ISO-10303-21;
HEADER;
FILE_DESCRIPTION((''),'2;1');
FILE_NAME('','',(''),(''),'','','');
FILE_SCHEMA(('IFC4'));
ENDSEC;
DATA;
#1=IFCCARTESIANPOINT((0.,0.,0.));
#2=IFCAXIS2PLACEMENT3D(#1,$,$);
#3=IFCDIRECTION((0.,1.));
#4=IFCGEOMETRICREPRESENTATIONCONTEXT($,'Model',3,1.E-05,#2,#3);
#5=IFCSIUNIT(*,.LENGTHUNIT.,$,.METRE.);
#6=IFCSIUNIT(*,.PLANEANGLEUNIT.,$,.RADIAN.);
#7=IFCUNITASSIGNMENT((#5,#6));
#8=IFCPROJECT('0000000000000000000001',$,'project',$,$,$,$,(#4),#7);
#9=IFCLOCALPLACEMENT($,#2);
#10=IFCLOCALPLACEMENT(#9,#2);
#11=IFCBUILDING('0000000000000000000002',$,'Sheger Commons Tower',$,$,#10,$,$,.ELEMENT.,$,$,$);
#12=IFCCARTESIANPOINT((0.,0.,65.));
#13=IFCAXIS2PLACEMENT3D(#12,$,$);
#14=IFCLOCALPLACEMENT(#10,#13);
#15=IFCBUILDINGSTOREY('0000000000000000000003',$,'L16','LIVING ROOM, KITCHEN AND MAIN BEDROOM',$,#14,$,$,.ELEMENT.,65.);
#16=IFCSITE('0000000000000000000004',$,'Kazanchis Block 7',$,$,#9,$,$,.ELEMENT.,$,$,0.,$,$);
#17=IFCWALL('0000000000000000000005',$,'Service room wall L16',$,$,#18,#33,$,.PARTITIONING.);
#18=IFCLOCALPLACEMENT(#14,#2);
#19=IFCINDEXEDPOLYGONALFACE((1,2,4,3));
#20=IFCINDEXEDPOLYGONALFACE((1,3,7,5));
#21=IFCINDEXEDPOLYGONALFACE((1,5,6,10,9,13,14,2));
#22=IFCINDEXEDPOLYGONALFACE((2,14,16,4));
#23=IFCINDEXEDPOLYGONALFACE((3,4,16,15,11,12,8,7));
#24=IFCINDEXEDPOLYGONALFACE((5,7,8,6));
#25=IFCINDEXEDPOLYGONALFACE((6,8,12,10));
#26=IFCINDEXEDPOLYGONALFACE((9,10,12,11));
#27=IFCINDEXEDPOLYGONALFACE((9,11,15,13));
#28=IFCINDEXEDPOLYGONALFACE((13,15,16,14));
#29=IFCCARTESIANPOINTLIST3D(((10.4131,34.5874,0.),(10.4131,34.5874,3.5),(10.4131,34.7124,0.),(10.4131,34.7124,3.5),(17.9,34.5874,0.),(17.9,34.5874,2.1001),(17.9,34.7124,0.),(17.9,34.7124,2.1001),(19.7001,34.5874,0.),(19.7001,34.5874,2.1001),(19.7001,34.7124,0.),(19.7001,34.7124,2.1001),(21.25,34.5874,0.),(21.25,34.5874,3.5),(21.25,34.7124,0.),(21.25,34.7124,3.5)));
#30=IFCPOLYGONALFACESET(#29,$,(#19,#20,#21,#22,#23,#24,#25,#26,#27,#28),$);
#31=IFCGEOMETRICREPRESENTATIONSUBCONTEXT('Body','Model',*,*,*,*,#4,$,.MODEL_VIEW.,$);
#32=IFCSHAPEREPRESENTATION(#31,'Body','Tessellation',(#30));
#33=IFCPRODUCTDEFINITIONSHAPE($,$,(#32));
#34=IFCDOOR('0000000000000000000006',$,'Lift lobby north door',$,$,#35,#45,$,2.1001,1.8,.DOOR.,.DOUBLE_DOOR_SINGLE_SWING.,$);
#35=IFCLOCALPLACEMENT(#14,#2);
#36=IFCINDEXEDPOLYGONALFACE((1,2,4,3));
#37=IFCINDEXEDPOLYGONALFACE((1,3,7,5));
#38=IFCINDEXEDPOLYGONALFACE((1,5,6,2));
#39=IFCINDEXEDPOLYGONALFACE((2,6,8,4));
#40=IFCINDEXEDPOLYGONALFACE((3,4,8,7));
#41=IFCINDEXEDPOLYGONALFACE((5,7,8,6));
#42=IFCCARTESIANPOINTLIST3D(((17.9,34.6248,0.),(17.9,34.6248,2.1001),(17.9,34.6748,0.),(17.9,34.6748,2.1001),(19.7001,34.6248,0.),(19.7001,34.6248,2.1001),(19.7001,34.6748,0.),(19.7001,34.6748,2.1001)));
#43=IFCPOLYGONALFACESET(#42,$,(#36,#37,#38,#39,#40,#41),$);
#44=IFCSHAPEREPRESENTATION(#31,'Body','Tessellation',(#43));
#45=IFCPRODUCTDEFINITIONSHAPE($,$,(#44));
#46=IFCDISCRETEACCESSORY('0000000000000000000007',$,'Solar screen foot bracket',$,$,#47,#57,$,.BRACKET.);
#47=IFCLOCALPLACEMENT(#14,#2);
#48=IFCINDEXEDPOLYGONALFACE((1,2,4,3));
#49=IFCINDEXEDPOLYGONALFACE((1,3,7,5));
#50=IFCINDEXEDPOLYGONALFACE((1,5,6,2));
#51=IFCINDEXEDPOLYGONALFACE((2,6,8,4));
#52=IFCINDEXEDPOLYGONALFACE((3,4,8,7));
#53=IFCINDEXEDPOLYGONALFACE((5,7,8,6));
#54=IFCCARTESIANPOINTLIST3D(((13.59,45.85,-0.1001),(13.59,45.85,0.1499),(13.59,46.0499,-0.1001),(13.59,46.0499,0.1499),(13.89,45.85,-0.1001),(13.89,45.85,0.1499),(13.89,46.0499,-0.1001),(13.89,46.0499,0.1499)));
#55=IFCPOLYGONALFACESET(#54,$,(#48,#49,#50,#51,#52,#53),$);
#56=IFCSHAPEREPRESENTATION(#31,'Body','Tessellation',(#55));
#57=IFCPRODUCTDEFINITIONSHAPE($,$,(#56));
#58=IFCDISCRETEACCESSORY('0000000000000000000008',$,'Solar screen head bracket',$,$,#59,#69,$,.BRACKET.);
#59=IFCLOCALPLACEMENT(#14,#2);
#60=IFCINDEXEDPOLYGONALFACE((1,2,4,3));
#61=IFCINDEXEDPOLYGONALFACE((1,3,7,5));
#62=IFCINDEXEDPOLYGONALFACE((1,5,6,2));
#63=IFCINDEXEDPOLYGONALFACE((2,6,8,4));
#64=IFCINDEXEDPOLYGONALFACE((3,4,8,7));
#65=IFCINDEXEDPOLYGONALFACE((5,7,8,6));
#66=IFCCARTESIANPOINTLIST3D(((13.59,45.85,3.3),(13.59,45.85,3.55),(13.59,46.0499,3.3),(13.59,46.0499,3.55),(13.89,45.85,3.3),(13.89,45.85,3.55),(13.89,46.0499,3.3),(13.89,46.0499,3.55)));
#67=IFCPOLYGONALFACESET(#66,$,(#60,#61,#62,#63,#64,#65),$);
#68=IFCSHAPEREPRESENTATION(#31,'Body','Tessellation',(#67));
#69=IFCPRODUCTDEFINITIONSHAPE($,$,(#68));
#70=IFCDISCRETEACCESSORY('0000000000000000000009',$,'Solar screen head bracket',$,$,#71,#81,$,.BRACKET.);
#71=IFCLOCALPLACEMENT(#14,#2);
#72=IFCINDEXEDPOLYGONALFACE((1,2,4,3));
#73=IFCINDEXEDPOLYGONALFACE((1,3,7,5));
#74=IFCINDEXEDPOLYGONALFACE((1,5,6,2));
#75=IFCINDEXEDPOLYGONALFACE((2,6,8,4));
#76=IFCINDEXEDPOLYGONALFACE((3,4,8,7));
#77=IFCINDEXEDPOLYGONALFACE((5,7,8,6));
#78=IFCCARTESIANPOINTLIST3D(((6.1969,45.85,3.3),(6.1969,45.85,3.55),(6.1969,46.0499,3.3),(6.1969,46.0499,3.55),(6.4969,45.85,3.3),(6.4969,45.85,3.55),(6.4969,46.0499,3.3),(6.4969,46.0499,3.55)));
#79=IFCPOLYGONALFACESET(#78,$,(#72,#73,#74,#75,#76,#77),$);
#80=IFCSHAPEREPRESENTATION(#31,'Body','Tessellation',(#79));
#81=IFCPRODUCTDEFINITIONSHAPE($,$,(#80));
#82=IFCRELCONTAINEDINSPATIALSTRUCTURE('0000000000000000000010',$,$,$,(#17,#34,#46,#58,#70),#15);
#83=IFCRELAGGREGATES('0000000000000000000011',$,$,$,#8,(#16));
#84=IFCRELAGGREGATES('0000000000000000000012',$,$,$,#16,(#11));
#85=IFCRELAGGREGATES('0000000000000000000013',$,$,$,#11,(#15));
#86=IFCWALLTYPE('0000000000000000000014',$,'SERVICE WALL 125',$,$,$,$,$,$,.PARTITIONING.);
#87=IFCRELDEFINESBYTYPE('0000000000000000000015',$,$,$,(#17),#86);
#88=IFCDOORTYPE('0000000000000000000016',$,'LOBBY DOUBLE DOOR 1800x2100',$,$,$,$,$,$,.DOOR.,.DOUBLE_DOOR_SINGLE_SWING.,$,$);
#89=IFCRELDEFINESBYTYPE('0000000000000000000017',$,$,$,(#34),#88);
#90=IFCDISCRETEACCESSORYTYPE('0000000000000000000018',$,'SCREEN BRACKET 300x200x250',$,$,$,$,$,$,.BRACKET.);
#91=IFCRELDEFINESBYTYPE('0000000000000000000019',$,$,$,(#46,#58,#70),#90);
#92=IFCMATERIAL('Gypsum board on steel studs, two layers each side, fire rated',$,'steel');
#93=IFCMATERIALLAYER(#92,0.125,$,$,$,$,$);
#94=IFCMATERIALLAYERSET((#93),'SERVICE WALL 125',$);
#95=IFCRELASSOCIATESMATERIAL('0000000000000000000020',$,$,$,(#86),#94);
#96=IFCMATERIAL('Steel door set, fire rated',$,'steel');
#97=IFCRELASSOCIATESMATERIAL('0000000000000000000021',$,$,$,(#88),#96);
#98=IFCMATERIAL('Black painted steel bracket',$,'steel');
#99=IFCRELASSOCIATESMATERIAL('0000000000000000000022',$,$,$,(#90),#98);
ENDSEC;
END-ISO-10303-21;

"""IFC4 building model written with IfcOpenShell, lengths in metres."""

from ifc_helpers import new_model, si_unit, direction, frame, frame_2d, origin, origin_2d, place, context, subcontext, project, spatial, rectangle, extrude, material, layer, layer_set, type_object, element, fill, save


model = new_model("IFC4")

# Units and contexts
model_context = context("Model", 3, precision=1e-05, world=origin(), true_north=direction((0.0, 1.0)))
body_context = subcontext(model_context, "Body", "Model", "MODEL_VIEW")
ifc_project = project(units=[si_unit("LENGTHUNIT", "METRE"), si_unit("PLANEANGLEUNIT", "RADIAN")], contexts=[model_context])

# Site, building, storey
site_placement = place(None, origin())
site = spatial("IfcSite", under=ifc_project, at=site_placement, Name="Kazanchis Block 7", CompositionType="ELEMENT", RefElevation=0.0)
building_placement = place(site_placement, origin())
building = spatial("IfcBuilding", under=site, at=building_placement, Name="Sheger Commons Tower", CompositionType="ELEMENT")
storey_placement = place(building_placement, frame((0.0, 0.0, 65.0)))
storey = spatial("IfcBuildingStorey", under=building, at=storey_placement, Name="L16", Description="LIVING ROOM, KITCHEN AND MAIN BEDROOM", CompositionType="ELEMENT", Elevation=65.0)

# Wall, opening, door
ifc_material_1 = material(Name="Gypsum board on steel studs, two layers each side, fire rated", Category="steel")
ifc_layer_1 = layer(ifc_material_1, 0.125)
ifc_layer_set_1 = layer_set([ifc_layer_1], Name="SERVICE WALL 125")
wall_type_1 = type_object("IfcWallType", Name="SERVICE WALL 125", PredefinedType="PARTITIONING", material=ifc_layer_set_1)
wall_1_placement = place(storey_placement, frame((10.4131, 34.6499, 0.0), z_axis=(0.0, 0.0, 1.0), x_axis=(1.0, 0.0, 0.0)))
wall_1 = element("IfcWall", 1, at=wall_1_placement, inside=storey, type_object=wall_type_1, Name="Service room wall L16", PredefinedType="PARTITIONING", context=body_context, shape_type="SweptSolid", body=[
    extrude(rectangle(XDim=10.8369, YDim=0.125, at=frame_2d((5.4185, 0.0))), origin(), (0.0, 0.0, 1.0), 3.5),
])
opening_1_placement = place(wall_1_placement, frame((7.4871, 0.0, 0.0)))
opening_1 = element("IfcOpeningElement", 2, at=opening_1_placement, cuts=wall_1, PredefinedType="OPENING", context=body_context, shape_type="SweptSolid", body=[
    extrude(rectangle(XDim=1.8, YDim=2.1001, at=frame_2d((0.8999, 1.05))), frame((0.0, 0.0725, 0.0), z_axis=(0.0, -1.0, 0.0), x_axis=(1.0, 0.0, 0.0)), (0.0, 0.0, 1.0), 0.145),
])
ifc_material_2 = material(Name="Steel door set, fire rated", Category="steel")
door_type_1 = type_object("IfcDoorType", Name="LOBBY DOUBLE DOOR 1800x2100", OperationType="DOUBLE_DOOR_SINGLE_SWING", PredefinedType="DOOR", material=ifc_material_2)
door_1_placement = place(opening_1_placement, origin())
door_1 = element("IfcDoor", 3, at=door_1_placement, inside=storey, type_object=door_type_1, Name="Lift lobby north door", OperationType="DOUBLE_DOOR_SINGLE_SWING", OverallHeight=2.1001, OverallWidth=1.8, PredefinedType="DOOR", context=body_context, shape_type="SweptSolid", body=[
    extrude(rectangle(XDim=1.8, YDim=2.1001, at=frame_2d((0.8999, 1.05))), frame((0.0, 0.0249, 0.0), z_axis=(0.0, -1.0, 0.0), x_axis=(1.0, 0.0, 0.0)), (0.0, 0.0, 1.0), 0.05),
])
fill(opening_1, door_1)

# Discrete accessories
ifc_material_3 = material(Name="Black painted steel bracket", Category="steel")
discrete_accessory_type = type_object("IfcDiscreteAccessoryType", Name="SCREEN BRACKET 300x200x250", PredefinedType="BRACKET", material=ifc_material_3)
for number, where, z_axis, x_axis, name in (
    (4, (13.74, 45.95, -0.1001), (0.0, 0.0, 1.0), (-1.0, 0.0, 0.0), "Solar screen foot bracket"),
    (5, (13.74, 45.95, 3.3), (0.0, 0.0, 1.0), (-1.0, 0.0, 0.0), "Solar screen head bracket"),
    (6, (6.3469, 45.95, 3.3), (0.0, 0.0, 1.0), (-1.0, 0.0, 0.0), "Solar screen head bracket"),
):
    element("IfcDiscreteAccessory", number, at=place(storey_placement, frame(where, z_axis=z_axis, x_axis=x_axis)), inside=storey, type_object=discrete_accessory_type, Name=name, PredefinedType="BRACKET", context=body_context, shape_type="SweptSolid", body=[
        extrude(rectangle(XDim=0.3, YDim=0.2, at=origin_2d()), origin(), (0.0, 0.0, 1.0), 0.25),
    ])

save(model, "model.ifc")
